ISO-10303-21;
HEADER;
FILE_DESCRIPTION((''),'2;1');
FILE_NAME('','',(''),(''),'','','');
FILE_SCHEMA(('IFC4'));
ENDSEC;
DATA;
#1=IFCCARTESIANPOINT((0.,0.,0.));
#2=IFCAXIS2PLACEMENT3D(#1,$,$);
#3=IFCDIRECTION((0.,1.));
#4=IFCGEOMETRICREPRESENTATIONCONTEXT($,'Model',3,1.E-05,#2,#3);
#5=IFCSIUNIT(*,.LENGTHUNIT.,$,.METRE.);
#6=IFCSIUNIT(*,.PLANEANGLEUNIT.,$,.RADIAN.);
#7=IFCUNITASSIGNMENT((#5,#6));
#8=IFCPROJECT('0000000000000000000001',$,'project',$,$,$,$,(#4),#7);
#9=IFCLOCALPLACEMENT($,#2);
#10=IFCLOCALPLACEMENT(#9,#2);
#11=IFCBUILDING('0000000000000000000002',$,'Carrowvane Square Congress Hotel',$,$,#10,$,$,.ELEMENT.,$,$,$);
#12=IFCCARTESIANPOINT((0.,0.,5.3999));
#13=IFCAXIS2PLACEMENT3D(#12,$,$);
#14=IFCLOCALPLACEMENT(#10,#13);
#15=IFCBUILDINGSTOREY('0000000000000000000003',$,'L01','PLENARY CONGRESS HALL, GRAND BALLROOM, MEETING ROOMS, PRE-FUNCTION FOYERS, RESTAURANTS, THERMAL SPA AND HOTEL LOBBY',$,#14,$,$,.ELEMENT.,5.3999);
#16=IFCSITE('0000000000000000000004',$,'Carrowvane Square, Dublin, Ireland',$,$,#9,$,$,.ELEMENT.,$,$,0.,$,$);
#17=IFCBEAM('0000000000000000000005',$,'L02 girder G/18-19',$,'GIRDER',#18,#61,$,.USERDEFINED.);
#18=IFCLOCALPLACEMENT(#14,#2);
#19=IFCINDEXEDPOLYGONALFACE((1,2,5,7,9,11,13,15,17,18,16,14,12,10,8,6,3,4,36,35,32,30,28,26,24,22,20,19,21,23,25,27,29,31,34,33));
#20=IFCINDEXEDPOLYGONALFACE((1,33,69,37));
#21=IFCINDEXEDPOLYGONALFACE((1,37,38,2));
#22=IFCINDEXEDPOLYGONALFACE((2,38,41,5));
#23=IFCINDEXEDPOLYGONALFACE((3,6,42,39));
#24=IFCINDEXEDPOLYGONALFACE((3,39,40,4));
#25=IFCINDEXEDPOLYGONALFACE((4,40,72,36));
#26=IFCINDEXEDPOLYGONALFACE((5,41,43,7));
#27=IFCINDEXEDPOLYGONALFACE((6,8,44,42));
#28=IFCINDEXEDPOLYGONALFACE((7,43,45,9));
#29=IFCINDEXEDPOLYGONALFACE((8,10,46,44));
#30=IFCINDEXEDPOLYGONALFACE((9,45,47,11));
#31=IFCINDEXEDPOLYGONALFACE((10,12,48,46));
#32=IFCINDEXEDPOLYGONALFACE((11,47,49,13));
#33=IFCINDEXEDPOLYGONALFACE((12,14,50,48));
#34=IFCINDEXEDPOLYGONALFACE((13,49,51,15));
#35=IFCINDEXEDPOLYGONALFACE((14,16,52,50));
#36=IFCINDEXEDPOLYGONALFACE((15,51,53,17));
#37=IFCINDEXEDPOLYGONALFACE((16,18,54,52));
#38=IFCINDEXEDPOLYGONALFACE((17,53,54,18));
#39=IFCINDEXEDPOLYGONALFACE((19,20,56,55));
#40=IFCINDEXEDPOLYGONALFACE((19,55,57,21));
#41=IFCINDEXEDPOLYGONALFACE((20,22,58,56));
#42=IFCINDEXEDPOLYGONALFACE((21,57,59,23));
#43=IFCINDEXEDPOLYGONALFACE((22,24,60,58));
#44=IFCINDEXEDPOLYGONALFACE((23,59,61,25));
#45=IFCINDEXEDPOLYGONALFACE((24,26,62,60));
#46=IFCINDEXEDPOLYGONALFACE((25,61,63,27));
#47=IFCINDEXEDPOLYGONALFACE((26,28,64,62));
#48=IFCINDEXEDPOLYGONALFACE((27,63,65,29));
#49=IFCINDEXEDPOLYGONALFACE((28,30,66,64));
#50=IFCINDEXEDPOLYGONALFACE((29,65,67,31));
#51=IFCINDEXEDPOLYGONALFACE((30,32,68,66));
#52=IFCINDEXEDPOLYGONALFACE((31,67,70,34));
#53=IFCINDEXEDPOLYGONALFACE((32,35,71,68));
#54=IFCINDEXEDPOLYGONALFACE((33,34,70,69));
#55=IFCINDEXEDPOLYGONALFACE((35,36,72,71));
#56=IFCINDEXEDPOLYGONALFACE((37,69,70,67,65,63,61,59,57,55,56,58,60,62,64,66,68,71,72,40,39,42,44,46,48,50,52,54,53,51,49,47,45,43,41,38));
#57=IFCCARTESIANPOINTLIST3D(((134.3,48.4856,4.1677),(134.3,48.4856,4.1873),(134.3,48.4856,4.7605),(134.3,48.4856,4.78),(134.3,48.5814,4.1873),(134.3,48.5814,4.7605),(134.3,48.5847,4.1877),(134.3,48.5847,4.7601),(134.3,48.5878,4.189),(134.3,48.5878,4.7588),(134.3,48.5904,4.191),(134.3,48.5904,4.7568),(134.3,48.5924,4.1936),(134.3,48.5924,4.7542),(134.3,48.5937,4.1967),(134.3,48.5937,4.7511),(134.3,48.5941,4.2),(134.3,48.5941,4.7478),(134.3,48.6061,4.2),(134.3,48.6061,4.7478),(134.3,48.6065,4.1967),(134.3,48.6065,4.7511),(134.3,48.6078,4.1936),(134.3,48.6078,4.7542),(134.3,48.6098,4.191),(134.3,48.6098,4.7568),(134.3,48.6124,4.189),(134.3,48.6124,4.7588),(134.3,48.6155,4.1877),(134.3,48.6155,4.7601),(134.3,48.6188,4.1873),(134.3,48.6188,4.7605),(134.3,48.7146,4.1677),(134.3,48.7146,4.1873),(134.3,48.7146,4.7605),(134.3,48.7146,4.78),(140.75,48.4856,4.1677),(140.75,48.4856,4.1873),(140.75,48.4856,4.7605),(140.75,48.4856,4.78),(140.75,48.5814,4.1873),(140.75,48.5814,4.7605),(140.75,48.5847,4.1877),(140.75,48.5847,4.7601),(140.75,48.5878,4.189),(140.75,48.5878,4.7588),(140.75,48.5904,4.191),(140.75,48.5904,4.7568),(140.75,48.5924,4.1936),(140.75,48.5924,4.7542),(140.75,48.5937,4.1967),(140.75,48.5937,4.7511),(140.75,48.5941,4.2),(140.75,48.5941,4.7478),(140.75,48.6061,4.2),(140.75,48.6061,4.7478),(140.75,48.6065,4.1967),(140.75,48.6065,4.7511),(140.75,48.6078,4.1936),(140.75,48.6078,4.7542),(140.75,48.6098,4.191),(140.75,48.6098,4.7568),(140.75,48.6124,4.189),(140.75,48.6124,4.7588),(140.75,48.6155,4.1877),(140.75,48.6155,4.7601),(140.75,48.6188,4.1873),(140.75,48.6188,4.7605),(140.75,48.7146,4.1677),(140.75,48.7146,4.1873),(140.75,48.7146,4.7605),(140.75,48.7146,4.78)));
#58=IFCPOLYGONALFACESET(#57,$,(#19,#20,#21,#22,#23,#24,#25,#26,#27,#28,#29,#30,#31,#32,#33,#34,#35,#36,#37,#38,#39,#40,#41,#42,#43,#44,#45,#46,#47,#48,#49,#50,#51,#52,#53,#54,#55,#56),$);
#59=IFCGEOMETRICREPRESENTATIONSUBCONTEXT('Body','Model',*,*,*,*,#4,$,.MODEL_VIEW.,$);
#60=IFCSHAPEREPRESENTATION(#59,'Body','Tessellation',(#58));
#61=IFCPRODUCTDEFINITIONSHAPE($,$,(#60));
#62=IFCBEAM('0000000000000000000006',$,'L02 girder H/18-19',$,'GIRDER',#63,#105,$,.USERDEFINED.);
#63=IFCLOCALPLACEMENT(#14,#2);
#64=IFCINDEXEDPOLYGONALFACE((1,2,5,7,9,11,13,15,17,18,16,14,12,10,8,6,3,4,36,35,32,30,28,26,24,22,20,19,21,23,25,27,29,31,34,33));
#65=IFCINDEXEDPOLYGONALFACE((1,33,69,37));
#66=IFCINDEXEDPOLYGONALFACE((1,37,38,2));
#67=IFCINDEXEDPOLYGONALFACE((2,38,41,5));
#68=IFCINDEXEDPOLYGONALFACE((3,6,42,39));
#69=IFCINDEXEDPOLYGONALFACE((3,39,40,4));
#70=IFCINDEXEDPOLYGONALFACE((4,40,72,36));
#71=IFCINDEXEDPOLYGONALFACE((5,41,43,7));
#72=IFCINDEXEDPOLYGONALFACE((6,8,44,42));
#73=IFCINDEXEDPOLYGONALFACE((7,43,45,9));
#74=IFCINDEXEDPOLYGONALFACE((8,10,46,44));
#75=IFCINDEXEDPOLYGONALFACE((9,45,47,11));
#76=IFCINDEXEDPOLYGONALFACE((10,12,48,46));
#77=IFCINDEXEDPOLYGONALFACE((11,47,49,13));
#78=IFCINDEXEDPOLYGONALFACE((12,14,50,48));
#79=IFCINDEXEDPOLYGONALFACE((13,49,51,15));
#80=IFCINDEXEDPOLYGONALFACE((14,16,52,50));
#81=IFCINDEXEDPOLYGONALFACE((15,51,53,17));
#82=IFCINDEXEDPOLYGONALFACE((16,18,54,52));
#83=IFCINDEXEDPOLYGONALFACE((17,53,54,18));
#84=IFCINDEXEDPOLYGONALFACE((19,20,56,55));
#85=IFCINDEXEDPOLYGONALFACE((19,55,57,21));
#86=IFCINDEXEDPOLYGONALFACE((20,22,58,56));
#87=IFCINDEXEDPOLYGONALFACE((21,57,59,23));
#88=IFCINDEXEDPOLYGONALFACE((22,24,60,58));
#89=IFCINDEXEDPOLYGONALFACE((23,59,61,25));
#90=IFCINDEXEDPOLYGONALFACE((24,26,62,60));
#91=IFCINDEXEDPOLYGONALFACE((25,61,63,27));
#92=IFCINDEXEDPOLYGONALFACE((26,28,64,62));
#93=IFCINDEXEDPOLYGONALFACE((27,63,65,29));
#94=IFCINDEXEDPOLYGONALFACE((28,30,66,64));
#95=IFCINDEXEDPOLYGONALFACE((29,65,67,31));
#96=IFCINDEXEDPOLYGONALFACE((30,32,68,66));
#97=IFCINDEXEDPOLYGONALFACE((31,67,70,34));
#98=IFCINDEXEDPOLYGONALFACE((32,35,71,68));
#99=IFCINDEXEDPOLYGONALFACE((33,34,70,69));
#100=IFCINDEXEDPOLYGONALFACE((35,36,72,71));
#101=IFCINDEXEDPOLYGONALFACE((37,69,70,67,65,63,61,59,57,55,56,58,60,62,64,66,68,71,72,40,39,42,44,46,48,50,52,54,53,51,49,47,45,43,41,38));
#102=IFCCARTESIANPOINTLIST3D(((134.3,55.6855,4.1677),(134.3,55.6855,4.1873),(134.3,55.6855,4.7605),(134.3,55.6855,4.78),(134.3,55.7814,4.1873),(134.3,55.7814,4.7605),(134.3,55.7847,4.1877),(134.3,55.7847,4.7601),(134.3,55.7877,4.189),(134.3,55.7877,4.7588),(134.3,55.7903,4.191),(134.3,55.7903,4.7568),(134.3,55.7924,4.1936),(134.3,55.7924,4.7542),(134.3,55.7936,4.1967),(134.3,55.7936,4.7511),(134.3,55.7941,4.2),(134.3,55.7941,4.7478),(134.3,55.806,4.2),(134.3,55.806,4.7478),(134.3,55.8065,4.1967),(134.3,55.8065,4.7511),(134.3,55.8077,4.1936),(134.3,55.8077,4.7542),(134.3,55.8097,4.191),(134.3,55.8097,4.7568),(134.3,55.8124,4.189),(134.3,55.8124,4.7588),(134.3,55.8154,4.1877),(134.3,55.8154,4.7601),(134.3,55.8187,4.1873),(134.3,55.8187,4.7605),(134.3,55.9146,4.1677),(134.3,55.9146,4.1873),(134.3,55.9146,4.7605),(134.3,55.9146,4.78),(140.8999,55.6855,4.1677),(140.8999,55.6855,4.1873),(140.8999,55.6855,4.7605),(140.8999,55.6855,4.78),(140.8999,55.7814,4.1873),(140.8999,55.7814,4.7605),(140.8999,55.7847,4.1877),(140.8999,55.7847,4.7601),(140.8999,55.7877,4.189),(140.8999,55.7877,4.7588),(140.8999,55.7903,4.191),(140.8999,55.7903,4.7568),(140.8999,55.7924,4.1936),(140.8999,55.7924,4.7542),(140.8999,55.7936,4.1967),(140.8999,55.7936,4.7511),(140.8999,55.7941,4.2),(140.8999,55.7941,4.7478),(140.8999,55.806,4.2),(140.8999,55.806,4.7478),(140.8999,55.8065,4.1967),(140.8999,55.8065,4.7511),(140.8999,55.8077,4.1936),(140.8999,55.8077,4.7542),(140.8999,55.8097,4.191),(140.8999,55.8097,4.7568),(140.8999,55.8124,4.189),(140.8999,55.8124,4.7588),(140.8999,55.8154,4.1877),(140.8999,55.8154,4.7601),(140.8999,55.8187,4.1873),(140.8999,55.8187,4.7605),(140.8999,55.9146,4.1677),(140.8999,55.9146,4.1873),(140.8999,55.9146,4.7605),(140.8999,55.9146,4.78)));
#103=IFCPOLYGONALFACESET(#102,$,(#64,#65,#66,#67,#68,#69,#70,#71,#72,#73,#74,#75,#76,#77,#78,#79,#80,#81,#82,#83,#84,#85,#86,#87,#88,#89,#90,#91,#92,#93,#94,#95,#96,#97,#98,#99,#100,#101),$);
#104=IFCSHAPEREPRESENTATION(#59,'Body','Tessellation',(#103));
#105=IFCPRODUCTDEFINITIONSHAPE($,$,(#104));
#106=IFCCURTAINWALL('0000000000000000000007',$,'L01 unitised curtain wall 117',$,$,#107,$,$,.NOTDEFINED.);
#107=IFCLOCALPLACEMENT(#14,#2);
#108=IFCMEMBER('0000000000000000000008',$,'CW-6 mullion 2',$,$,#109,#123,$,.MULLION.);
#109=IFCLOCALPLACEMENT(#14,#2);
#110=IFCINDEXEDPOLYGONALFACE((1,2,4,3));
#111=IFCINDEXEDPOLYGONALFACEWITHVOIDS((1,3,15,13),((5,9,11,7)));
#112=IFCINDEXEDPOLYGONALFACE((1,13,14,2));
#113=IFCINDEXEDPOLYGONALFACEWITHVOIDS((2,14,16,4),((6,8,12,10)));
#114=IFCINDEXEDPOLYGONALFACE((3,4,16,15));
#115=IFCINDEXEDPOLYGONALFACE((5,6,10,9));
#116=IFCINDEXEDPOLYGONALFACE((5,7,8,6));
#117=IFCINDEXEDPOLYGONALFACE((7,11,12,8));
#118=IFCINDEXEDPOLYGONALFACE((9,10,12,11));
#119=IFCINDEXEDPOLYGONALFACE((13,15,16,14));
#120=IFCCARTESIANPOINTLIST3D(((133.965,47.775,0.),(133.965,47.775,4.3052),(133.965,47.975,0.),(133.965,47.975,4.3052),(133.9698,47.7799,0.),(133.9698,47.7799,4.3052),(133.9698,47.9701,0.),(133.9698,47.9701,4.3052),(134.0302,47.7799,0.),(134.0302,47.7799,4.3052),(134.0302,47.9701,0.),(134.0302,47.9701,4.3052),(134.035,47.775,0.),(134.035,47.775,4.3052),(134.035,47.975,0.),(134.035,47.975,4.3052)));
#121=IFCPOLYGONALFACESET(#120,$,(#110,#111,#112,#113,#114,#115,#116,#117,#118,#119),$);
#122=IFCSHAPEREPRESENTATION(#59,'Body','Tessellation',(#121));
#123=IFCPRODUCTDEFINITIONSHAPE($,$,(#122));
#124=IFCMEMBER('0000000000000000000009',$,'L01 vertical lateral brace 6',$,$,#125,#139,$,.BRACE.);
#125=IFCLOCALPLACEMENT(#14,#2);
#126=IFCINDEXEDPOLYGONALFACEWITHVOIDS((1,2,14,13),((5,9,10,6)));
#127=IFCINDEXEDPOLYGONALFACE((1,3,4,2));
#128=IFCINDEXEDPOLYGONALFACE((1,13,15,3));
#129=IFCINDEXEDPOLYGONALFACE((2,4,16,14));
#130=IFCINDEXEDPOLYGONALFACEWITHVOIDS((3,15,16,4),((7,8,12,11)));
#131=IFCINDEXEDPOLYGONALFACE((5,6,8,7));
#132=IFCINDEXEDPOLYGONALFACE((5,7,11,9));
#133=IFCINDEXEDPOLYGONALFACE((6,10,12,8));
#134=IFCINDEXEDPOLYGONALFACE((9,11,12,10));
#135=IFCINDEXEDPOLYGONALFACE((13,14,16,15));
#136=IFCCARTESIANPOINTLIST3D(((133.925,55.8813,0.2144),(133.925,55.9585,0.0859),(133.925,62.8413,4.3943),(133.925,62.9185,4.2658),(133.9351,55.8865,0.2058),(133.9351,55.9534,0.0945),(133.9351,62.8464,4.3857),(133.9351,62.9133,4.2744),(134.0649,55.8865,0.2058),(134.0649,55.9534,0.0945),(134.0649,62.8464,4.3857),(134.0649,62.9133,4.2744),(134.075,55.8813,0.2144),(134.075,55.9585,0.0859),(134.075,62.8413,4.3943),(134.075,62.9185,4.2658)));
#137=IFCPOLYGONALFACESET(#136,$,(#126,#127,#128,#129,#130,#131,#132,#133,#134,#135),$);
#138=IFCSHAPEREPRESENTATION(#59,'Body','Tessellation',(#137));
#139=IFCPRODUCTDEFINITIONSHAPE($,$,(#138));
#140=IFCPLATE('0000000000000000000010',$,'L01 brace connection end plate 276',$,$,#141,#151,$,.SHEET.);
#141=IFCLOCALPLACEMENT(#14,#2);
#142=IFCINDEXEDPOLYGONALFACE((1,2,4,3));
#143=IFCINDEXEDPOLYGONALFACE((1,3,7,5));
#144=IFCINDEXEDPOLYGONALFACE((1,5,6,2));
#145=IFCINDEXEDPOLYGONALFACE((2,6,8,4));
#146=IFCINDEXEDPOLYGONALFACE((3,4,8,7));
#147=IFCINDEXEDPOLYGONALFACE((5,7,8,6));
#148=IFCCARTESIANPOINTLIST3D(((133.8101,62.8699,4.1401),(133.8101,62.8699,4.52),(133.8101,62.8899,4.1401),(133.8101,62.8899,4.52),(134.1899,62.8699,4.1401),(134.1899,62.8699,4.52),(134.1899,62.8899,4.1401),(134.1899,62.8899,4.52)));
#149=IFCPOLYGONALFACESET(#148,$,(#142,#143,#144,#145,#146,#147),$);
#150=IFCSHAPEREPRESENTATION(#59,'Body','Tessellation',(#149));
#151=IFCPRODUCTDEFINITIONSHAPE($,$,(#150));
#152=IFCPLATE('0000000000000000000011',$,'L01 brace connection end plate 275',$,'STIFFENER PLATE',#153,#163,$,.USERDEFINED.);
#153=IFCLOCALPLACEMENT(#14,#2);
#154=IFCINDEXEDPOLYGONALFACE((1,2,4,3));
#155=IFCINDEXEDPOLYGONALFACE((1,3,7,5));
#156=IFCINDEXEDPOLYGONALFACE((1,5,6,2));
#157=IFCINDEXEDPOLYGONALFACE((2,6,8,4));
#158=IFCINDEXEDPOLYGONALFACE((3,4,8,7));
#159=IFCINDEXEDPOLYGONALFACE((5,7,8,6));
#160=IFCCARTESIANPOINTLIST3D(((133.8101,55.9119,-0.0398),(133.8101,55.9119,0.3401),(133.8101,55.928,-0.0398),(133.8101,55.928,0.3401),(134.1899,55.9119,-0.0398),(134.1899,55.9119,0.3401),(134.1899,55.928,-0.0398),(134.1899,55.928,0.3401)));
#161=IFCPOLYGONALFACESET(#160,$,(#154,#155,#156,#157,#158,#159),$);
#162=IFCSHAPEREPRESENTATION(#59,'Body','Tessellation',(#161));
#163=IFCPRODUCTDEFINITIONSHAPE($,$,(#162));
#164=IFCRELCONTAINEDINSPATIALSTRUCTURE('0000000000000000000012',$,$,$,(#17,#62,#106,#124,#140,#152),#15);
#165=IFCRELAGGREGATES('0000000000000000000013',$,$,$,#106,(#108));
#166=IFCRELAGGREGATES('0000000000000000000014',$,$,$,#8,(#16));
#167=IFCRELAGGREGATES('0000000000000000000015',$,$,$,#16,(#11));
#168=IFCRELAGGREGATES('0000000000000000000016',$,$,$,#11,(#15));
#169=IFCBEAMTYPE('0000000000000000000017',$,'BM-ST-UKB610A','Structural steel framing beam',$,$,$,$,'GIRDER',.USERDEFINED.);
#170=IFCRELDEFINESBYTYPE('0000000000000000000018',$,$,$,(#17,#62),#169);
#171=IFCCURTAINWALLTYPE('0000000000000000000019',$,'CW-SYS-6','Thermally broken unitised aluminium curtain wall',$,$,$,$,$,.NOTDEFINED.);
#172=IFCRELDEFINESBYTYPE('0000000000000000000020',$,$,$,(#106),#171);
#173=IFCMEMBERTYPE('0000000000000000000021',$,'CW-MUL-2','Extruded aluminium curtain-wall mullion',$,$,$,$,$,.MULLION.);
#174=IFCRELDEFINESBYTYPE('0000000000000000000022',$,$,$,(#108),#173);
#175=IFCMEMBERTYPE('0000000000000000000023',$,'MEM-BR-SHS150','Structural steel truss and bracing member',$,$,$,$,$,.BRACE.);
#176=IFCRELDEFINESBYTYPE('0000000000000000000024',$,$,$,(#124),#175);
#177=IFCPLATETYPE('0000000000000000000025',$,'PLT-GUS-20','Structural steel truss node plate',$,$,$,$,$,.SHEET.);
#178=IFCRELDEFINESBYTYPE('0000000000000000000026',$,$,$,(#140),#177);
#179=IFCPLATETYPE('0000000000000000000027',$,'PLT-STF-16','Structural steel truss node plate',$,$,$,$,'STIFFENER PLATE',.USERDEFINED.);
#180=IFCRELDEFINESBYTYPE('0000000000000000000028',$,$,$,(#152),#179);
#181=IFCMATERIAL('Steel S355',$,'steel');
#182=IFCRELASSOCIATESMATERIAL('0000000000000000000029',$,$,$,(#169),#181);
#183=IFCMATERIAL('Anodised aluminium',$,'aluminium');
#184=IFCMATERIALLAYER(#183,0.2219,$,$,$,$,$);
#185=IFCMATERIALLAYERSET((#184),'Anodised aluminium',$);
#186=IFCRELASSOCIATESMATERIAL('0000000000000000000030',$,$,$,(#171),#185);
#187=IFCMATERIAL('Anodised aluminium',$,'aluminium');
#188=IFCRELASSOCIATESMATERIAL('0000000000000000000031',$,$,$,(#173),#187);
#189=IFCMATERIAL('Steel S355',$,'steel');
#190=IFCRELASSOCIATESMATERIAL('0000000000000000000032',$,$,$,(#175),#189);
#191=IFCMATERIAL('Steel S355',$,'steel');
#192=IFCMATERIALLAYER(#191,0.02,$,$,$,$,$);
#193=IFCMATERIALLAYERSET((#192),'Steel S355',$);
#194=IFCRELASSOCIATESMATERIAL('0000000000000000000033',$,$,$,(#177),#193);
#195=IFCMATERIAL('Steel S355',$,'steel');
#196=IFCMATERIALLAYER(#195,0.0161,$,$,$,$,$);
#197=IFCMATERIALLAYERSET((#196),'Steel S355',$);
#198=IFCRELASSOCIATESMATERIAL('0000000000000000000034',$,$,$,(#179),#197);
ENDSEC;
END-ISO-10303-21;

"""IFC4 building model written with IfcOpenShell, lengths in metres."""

from ifc_helpers import new_model, si_unit, direction, frame, origin, origin_2d, place, context, subcontext, project, spatial, rectangle, hollow_rectangle, i_section, extrude, material, layer, layer_set, material_profile, profile_set, type_object, element, aggregate, save


model = new_model("IFC4")

# Units and contexts
model_context = context("Model", 3, precision=1e-05, world=origin(), true_north=direction((0.0, 1.0)))
body_context = subcontext(model_context, "Body", "Model", "MODEL_VIEW")
ifc_project = project(units=[si_unit("LENGTHUNIT", "METRE"), si_unit("PLANEANGLEUNIT", "RADIAN")], contexts=[model_context])

# Site, building, storey
site_placement = place(None, origin())
site = spatial("IfcSite", under=ifc_project, at=site_placement, Name="Carrowvane Square, Dublin, Ireland", CompositionType="ELEMENT", RefElevation=0.0)
building_placement = place(site_placement, origin())
building = spatial("IfcBuilding", under=site, at=building_placement, Name="Carrowvane Square Congress Hotel", CompositionType="ELEMENT")
storey_placement = place(building_placement, frame((0.0, 0.0, 5.3999)))
storey = spatial("IfcBuildingStorey", under=building, at=storey_placement, Name="L01", Description="PLENARY CONGRESS HALL, GRAND BALLROOM, MEETING ROOMS, PRE-FUNCTION FOYERS, RESTAURANTS, THERMAL SPA AND HOTEL LOBBY", CompositionType="ELEMENT", Elevation=5.3999)

# Beams
ifc_material_1 = material(Name="Steel S355", Category="steel")
ifc_material_profile_1 = material_profile(ifc_material_1, i_section(OverallWidth=0.229, OverallDepth=0.6123, WebThickness=0.012, FlangeThickness=0.0195, FilletRadius=0.0127, at=origin_2d()), Name="UKB 610x229x125")
ifc_profile_set_1 = profile_set([ifc_material_profile_1], Name="Steel S355")
beam_type_1 = type_object("IfcBeamType", Name="BM-ST-UKB610A", Description="Structural steel framing beam", ElementType="GIRDER", PredefinedType="USERDEFINED", material=ifc_profile_set_1)
beam_1_placement = place(storey_placement, frame((134.3, 48.6001, 4.4739), z_axis=(1.0, 0.0, 0.0), x_axis=(0.0, 1.0, 0.0)))
element("IfcBeam", 1, at=beam_1_placement, inside=storey, type_object=beam_type_1, Name="L02 girder G/18-19", ObjectType="GIRDER", PredefinedType="USERDEFINED", context=body_context, shape_type="SweptSolid", body=[
    extrude(i_section(OverallWidth=0.229, OverallDepth=0.6123, WebThickness=0.012, FlangeThickness=0.0195, FilletRadius=0.0127, at=origin_2d()), origin(), (0.0, 0.0, 1.0), 6.45),
])
beam_2_placement = place(storey_placement, frame((134.3, 55.8, 4.4739), z_axis=(1.0, 0.0, 0.0), x_axis=(0.0, 1.0, 0.0)))
element("IfcBeam", 2, at=beam_2_placement, inside=storey, type_object=beam_type_1, Name="L02 girder H/18-19", ObjectType="GIRDER", PredefinedType="USERDEFINED", context=body_context, shape_type="SweptSolid", body=[
    extrude(i_section(OverallWidth=0.229, OverallDepth=0.6123, WebThickness=0.012, FlangeThickness=0.0195, FilletRadius=0.0127, at=origin_2d()), origin(), (0.0, 0.0, 1.0), 6.5999),
])

# Curtain wall, member
ifc_material_2 = material(Name="Anodised aluminium", Category="aluminium")
ifc_layer_1 = layer(ifc_material_2, 0.2219)
ifc_layer_set_1 = layer_set([ifc_layer_1], Name="Anodised aluminium")
curtain_wall_type = type_object("IfcCurtainWallType", Name="CW-SYS-6", Description="Thermally broken unitised aluminium curtain wall", PredefinedType="NOTDEFINED", material=ifc_layer_set_1)
curtain_wall_placement = place(storey_placement, origin())
curtain_wall = element("IfcCurtainWall", 3, at=curtain_wall_placement, inside=storey, type_object=curtain_wall_type, Name="L01 unitised curtain wall 117", PredefinedType="NOTDEFINED")
ifc_material_3 = material(Name="Anodised aluminium", Category="aluminium")
ifc_material_profile_2 = material_profile(ifc_material_3, hollow_rectangle(XDim=0.0701, YDim=0.2, WallThickness=0.0049, at=origin_2d()), Name="CW-ML 70x200x5")
ifc_profile_set_2 = profile_set([ifc_material_profile_2], Name="Anodised aluminium")
member_type_1 = type_object("IfcMemberType", Name="CW-MUL-2", Description="Extruded aluminium curtain-wall mullion", PredefinedType="MULLION", material=ifc_profile_set_2)
member_1_placement = place(storey_placement, frame((134.0, 47.875, 0.0), z_axis=(0.0, 0.0, 1.0), x_axis=(-1.0, 0.0, 0.0)))
member_1 = element("IfcMember", 4, at=member_1_placement, type_object=member_type_1, Name="CW-6 mullion 2", PredefinedType="MULLION", context=body_context, shape_type="SweptSolid", body=[
    extrude(hollow_rectangle(XDim=0.0701, YDim=0.2, WallThickness=0.0049, at=origin_2d()), origin(), (0.0, 0.0, 1.0), 4.3052),
])
aggregate(curtain_wall, [member_1])

# Member
ifc_material_4 = material(Name="Steel S355", Category="steel")
ifc_material_profile_3 = material_profile(ifc_material_4, hollow_rectangle(XDim=0.1499, YDim=0.1499, WallThickness=0.01, at=origin_2d()), Name="SHS 150x150x10")
ifc_profile_set_3 = profile_set([ifc_material_profile_3], Name="Steel S355")
member_type_2 = type_object("IfcMemberType", Name="MEM-BR-SHS150", Description="Structural steel truss and bracing member", PredefinedType="BRACE", material=ifc_profile_set_3)
member_2_placement = place(storey_placement, frame((134.0, 55.9199, 0.1501), z_axis=(0.0, 0.857278, 0.514854), x_axis=(-1.0, 0.0, 0.0)))
element("IfcMember", 5, at=member_2_placement, inside=storey, type_object=member_type_2, Name="L01 vertical lateral brace 6", PredefinedType="BRACE", context=body_context, shape_type="SweptSolid", body=[
    extrude(hollow_rectangle(XDim=0.1499, YDim=0.1499, WallThickness=0.01, at=origin_2d()), origin(), (0.0, 0.0, 1.0), 8.1187),
])

# Plates
ifc_material_5 = material(Name="Steel S355", Category="steel")
ifc_layer_2 = layer(ifc_material_5, 0.02)
ifc_layer_set_2 = layer_set([ifc_layer_2], Name="Steel S355")
plate_type_1 = type_object("IfcPlateType", Name="PLT-GUS-20", Description="Structural steel truss node plate", PredefinedType="SHEET", material=ifc_layer_set_2)
plate_1_placement = place(storey_placement, frame((134.0, 62.8799, 4.1401), z_axis=(0.0, 0.0, 1.0), x_axis=(1.0, 0.0, 0.0)))
element("IfcPlate", 6, at=plate_1_placement, inside=storey, type_object=plate_type_1, Name="L01 brace connection end plate 276", PredefinedType="SHEET", context=body_context, shape_type="SweptSolid", body=[
    extrude(rectangle(XDim=0.3799, YDim=0.02, at=origin_2d()), origin(), (0.0, 0.0, 1.0), 0.3799),
])
ifc_material_6 = material(Name="Steel S355", Category="steel")
ifc_layer_3 = layer(ifc_material_6, 0.0161)
ifc_layer_set_3 = layer_set([ifc_layer_3], Name="Steel S355")
plate_type_2 = type_object("IfcPlateType", Name="PLT-STF-16", Description="Structural steel truss node plate", ElementType="STIFFENER PLATE", PredefinedType="USERDEFINED", material=ifc_layer_set_3)
plate_2_placement = place(storey_placement, frame((134.0, 55.9199, -0.0398), z_axis=(0.0, 0.0, 1.0), x_axis=(1.0, 0.0, 0.0)))
element("IfcPlate", 7, at=plate_2_placement, inside=storey, type_object=plate_type_2, Name="L01 brace connection end plate 275", ObjectType="STIFFENER PLATE", PredefinedType="USERDEFINED", context=body_context, shape_type="SweptSolid", body=[
    extrude(rectangle(XDim=0.3799, YDim=0.0161, at=origin_2d()), origin(), (0.0, 0.0, 1.0), 0.3799),
])

save(model, "model.ifc")
